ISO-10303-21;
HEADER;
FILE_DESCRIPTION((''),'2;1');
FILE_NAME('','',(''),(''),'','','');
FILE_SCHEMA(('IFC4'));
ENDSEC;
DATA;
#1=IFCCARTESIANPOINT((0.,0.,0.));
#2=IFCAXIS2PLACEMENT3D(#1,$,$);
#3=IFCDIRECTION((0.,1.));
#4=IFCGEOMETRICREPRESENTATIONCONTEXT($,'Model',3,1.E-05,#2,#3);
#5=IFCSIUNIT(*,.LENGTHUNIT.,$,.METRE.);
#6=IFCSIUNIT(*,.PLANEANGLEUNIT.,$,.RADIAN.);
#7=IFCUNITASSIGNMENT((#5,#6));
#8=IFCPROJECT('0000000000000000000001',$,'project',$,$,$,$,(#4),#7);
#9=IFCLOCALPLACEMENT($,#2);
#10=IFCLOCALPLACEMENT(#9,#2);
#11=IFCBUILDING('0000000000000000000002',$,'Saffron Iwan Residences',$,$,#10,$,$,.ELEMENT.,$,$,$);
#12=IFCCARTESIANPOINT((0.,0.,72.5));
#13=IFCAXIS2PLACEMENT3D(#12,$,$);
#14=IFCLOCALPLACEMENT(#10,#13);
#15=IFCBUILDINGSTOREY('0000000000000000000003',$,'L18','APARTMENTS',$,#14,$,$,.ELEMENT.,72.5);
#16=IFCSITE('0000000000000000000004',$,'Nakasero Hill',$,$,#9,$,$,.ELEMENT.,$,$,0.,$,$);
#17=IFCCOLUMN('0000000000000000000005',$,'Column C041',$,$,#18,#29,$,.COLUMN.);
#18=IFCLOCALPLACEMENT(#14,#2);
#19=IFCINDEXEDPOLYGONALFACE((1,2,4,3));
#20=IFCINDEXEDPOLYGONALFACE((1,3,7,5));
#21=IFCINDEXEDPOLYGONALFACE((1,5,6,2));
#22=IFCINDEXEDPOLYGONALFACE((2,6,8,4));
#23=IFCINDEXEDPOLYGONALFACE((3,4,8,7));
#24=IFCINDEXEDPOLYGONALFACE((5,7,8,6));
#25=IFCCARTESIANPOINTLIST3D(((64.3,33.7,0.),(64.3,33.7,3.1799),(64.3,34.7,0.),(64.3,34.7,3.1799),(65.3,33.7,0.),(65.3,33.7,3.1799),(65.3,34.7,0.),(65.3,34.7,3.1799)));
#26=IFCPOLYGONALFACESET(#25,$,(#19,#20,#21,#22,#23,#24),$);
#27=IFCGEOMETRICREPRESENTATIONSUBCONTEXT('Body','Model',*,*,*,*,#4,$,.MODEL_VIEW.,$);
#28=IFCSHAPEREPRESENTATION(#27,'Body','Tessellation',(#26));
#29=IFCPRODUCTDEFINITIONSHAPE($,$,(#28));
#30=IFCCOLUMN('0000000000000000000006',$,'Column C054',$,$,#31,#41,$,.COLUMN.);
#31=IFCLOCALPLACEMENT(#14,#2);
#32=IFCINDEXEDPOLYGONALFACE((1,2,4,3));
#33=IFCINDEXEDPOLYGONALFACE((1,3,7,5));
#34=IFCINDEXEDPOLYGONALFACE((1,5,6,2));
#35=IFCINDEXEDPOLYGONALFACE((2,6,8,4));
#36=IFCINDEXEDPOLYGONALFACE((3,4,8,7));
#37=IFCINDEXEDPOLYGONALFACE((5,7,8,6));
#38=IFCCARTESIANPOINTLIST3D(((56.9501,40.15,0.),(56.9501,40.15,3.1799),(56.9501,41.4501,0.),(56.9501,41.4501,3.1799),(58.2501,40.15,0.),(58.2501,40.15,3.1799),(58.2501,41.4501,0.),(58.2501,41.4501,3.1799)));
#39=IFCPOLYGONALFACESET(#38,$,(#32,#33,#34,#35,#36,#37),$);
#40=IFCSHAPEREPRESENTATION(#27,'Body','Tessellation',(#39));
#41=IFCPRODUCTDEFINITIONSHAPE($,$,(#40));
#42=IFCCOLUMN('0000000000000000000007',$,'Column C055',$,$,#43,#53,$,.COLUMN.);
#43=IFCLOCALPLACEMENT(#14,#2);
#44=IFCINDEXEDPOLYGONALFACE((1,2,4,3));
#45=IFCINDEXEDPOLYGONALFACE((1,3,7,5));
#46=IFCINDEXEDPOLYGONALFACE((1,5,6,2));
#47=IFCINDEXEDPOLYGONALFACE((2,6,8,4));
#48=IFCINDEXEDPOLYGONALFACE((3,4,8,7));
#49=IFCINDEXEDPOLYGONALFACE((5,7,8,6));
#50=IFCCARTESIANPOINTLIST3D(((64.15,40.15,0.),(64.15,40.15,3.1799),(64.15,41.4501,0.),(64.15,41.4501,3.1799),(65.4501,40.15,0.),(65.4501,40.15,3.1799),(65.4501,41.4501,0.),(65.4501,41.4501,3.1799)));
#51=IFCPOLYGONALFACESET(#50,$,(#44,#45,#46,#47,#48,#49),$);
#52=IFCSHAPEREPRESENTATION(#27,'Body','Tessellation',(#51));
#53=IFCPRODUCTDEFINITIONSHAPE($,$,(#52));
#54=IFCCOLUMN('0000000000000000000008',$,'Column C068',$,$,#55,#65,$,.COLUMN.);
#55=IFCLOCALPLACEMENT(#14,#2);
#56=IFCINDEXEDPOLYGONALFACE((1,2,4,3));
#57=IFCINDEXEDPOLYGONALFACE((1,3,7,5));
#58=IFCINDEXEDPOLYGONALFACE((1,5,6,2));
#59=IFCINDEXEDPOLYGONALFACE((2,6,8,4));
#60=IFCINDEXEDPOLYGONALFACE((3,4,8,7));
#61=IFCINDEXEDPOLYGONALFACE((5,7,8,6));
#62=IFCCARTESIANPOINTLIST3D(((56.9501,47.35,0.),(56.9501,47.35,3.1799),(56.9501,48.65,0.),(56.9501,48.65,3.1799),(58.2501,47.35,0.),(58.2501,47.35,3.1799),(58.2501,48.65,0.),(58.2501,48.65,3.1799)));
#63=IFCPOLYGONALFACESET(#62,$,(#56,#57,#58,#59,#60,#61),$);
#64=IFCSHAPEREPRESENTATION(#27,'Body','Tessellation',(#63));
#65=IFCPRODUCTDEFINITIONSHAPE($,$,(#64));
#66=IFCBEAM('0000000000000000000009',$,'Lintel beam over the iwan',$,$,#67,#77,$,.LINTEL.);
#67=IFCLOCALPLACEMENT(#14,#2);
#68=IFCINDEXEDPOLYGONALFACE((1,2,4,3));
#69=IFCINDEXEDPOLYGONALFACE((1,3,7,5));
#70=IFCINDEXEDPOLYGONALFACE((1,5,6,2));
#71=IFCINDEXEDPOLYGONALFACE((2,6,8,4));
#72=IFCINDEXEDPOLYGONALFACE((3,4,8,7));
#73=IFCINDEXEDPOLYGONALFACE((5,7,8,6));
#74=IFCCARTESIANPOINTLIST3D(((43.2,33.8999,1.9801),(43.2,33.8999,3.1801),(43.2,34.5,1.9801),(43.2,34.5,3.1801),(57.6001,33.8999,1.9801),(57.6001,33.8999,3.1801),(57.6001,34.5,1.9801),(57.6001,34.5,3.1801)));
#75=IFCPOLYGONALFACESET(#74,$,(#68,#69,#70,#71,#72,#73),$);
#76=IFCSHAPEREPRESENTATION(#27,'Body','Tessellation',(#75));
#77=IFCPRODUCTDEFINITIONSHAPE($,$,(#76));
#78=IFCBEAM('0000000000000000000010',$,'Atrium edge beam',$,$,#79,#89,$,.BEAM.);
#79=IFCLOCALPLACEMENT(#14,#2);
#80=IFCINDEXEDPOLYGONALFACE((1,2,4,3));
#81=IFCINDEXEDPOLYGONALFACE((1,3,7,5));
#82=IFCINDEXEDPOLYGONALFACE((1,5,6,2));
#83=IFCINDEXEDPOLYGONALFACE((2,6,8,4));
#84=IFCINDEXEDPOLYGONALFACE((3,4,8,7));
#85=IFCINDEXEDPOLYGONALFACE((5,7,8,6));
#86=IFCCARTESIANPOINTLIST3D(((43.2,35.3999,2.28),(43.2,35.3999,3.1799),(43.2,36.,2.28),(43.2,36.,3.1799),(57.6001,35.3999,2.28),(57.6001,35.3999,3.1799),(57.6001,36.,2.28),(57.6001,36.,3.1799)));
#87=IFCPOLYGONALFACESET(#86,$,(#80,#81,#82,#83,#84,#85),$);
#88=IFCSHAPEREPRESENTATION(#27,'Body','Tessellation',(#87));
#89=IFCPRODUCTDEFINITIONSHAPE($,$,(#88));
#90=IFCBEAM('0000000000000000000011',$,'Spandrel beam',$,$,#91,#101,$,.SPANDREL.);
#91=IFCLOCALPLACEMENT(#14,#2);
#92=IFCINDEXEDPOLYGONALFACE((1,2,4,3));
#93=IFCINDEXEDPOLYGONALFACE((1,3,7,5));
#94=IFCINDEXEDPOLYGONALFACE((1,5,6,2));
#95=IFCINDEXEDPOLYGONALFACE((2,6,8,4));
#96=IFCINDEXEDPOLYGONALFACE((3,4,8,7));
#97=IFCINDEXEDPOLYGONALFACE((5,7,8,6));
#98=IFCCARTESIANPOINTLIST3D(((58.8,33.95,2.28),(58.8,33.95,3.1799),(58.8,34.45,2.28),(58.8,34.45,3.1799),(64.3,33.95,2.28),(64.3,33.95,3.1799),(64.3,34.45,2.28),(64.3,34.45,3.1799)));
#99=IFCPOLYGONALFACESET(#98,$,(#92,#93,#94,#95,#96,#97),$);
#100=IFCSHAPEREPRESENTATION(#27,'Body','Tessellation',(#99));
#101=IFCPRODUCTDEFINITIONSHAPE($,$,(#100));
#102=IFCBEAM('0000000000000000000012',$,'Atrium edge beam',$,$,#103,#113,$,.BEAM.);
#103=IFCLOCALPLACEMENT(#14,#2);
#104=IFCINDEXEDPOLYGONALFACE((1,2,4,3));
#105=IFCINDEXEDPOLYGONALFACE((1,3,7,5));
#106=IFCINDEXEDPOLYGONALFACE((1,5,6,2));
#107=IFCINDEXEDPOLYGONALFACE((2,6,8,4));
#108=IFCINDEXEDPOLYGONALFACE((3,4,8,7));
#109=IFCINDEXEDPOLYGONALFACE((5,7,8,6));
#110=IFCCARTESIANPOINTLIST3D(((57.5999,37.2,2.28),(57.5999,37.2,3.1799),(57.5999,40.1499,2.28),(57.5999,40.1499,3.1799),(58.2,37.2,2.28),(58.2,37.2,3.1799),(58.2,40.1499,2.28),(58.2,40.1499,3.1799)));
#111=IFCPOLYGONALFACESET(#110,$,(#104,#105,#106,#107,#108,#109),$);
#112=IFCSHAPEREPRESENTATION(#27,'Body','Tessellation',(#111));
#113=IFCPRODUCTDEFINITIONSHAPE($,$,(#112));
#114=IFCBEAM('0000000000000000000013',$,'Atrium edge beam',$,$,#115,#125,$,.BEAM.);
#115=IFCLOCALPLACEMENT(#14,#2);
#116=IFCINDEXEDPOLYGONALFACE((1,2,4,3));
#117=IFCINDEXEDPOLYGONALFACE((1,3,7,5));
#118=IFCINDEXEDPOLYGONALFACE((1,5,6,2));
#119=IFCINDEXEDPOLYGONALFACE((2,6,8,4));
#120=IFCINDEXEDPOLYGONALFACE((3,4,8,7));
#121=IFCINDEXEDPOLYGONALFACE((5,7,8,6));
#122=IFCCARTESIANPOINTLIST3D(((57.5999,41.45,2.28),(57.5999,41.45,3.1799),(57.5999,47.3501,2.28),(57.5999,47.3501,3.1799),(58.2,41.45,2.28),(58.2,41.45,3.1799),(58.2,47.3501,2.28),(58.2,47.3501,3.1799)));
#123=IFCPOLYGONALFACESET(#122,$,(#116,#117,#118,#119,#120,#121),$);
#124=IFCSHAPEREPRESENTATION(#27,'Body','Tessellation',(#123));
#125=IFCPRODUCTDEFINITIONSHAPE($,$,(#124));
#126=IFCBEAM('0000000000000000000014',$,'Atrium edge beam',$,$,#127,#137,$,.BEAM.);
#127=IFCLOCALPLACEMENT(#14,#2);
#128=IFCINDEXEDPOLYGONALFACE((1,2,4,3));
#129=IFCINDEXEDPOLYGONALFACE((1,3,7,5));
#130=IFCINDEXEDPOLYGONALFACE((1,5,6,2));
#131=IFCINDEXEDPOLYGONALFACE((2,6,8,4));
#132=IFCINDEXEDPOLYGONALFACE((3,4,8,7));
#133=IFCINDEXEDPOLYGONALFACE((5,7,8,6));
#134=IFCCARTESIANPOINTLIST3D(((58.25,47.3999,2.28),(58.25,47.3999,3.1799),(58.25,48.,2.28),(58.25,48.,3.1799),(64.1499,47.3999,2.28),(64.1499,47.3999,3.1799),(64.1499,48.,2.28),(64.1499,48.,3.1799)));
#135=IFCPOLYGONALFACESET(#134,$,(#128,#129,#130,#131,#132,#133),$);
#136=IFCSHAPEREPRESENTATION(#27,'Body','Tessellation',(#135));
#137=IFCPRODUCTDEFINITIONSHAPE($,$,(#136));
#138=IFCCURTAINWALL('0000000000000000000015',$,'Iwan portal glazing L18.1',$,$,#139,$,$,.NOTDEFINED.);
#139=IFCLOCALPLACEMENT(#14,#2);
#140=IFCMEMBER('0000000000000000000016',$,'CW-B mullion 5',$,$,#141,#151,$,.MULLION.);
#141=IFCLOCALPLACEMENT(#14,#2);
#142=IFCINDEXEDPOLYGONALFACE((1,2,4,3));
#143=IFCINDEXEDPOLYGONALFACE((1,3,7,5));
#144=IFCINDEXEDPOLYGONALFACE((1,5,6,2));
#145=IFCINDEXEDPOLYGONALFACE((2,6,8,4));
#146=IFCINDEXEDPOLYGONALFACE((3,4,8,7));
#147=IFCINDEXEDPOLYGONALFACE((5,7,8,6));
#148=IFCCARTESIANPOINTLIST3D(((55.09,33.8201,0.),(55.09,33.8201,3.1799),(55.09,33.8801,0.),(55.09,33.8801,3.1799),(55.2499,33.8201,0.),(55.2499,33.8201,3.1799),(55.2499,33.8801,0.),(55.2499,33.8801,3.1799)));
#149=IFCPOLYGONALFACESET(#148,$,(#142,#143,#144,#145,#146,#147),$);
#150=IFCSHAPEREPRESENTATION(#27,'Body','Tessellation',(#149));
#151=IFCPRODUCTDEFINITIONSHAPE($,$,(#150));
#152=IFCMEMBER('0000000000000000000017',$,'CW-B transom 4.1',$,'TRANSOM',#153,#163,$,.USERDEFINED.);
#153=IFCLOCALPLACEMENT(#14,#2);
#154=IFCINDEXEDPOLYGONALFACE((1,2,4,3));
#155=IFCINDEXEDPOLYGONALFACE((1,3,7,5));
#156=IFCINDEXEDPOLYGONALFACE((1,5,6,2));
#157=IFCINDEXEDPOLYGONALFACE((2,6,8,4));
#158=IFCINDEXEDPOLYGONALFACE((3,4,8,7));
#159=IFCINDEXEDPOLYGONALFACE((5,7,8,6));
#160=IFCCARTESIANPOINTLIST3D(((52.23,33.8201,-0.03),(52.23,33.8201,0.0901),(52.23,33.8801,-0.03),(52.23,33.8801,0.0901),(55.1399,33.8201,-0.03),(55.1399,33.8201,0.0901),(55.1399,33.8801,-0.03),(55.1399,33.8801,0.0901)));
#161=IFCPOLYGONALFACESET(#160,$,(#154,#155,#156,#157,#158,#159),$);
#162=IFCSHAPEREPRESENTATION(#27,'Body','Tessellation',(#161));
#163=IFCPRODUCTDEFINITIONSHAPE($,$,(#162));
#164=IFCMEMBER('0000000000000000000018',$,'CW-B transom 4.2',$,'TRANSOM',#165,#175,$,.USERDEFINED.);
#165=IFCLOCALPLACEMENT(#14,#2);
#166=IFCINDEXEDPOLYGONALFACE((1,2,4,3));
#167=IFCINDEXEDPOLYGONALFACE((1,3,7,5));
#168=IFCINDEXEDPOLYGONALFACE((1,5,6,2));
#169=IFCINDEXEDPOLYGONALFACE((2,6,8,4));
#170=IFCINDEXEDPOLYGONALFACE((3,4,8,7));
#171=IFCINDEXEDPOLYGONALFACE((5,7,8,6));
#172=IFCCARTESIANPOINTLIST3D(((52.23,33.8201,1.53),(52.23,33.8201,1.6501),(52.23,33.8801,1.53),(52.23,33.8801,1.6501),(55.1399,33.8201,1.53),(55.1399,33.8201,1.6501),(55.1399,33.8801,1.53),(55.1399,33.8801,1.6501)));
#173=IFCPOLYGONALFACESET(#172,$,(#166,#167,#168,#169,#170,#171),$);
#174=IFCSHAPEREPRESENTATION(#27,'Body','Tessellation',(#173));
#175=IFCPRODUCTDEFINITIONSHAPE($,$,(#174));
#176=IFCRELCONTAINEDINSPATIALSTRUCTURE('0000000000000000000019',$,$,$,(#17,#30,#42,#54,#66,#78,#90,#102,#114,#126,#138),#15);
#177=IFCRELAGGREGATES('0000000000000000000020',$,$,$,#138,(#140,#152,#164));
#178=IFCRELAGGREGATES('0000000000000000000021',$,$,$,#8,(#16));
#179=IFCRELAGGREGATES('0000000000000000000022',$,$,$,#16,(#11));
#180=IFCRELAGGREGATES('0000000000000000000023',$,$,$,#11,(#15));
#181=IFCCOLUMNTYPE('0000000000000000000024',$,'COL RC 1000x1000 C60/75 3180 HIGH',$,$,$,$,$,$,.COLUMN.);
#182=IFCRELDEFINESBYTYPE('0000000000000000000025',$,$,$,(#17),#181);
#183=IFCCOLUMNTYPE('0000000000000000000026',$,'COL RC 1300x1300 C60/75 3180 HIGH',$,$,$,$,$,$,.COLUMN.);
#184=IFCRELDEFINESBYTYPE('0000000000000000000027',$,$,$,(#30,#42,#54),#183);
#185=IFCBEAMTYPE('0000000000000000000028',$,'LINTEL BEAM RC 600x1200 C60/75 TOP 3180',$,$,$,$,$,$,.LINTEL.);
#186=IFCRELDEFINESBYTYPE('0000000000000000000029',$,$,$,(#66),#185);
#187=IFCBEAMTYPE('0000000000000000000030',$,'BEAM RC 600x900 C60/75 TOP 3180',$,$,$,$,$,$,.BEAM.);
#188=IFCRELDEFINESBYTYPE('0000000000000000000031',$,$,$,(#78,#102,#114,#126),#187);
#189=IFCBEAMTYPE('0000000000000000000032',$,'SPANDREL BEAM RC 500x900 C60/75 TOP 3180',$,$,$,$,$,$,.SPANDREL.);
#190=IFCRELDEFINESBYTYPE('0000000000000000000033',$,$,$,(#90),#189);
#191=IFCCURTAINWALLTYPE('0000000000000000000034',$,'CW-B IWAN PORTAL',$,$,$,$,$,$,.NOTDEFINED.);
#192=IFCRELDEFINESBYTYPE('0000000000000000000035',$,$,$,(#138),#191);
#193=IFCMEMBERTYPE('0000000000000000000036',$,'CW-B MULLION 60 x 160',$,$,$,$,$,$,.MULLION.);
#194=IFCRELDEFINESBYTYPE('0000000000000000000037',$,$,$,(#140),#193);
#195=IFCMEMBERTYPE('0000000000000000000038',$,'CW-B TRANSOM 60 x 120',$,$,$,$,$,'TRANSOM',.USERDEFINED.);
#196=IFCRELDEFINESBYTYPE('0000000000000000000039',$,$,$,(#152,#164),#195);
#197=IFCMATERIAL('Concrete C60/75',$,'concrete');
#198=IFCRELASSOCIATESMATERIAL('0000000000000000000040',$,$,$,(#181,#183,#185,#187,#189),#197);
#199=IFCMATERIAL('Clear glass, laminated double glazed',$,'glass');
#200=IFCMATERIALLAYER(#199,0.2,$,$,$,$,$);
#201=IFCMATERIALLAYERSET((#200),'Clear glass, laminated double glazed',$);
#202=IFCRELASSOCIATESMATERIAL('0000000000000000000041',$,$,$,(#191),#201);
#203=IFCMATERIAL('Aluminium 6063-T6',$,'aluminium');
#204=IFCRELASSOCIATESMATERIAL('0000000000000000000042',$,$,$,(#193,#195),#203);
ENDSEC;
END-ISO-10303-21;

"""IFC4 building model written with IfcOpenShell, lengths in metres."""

from ifc_helpers import new_model, si_unit, direction, frame, origin, origin_2d, place, context, subcontext, project, spatial, rectangle, extrude, source, transform, mapped, material, layer, layer_set, material_profile, profile_set, type_object, element, aggregate, save


model = new_model("IFC4")

# Units and contexts
model_context = context("Model", 3, precision=1e-05, world=origin(), true_north=direction((0.0, 1.0)))
body_context = subcontext(model_context, "Body", "Model", "MODEL_VIEW")
ifc_project = project(units=[si_unit("LENGTHUNIT", "METRE"), si_unit("PLANEANGLEUNIT", "RADIAN")], contexts=[model_context])

# Site, building, storey
site_placement = place(None, origin())
site = spatial("IfcSite", under=ifc_project, at=site_placement, Name="Nakasero Hill", CompositionType="ELEMENT", RefElevation=0.0)
building_placement = place(site_placement, origin())
building = spatial("IfcBuilding", under=site, at=building_placement, Name="Saffron Iwan Residences", CompositionType="ELEMENT")
storey_placement = place(building_placement, frame((0.0, 0.0, 72.5)))
storey = spatial("IfcBuildingStorey", under=building, at=storey_placement, Name="L18", Description="APARTMENTS", CompositionType="ELEMENT", Elevation=72.5)

# Columns
ifc_material_1 = material(Name="Concrete C60/75", Category="concrete")
ifc_material_profile_1 = material_profile(ifc_material_1, rectangle(XDim=1.0, YDim=1.0, at=origin_2d()), Name="RC 1000x1000")
ifc_profile_set_1 = profile_set([ifc_material_profile_1], Name="Concrete C60/75")
column_type_1 = type_object("IfcColumnType", Name="COL RC 1000x1000 C60/75 3180 HIGH", PredefinedType="COLUMN", material=ifc_profile_set_1)
shared_shape_1 = source(origin(), body_context, "Body", "SweptSolid", [
    extrude(rectangle(XDim=1.0, YDim=1.0, at=origin_2d()), origin(), (0.0, 0.0, 1.0), 3.1799),
])
column_placement = place(storey_placement, frame((64.8, 34.2, 0.0), z_axis=(0.0, 0.0, 1.0), x_axis=(1.0, 0.0, 0.0)))
element("IfcColumn", 1, at=column_placement, inside=storey, type_object=column_type_1, Name="Column C041", PredefinedType="COLUMN", context=body_context, shape_type="MappedRepresentation", body=[
    mapped(shared_shape_1, transform((0.0, 0.0, 0.0))),
])
ifc_material_profile_2 = material_profile(ifc_material_1, rectangle(XDim=1.3, YDim=1.3, at=origin_2d()), Name="RC 1300x1300")
ifc_profile_set_2 = profile_set([ifc_material_profile_2], Name="Concrete C60/75")
column_type_2 = type_object("IfcColumnType", Name="COL RC 1300x1300 C60/75 3180 HIGH", PredefinedType="COLUMN", material=ifc_profile_set_2)
shared_shape_2 = source(origin(), body_context, "Body", "SweptSolid", [
    extrude(rectangle(XDim=1.3, YDim=1.3, at=origin_2d()), origin(), (0.0, 0.0, 1.0), 3.1799),
])
for number, where, z_axis, x_axis, name in (
    (2, (57.6001, 40.8, 0.0), (0.0, 0.0, 1.0), (1.0, 0.0, 0.0), "Column C054"),
    (3, (64.8, 40.8, 0.0), (0.0, 0.0, 1.0), (1.0, 0.0, 0.0), "Column C055"),
    (4, (57.6001, 48.0, 0.0), (0.0, 0.0, 1.0), (1.0, 0.0, 0.0), "Column C068"),
):
    element("IfcColumn", number, at=place(storey_placement, frame(where, z_axis=z_axis, x_axis=x_axis)), inside=storey, type_object=column_type_2, Name=name, PredefinedType="COLUMN", context=body_context, shape_type="MappedRepresentation", body=[
        mapped(shared_shape_2, transform((0.0, 0.0, 0.0))),
    ])

# Beams
ifc_material_profile_3 = material_profile(ifc_material_1, rectangle(XDim=0.6001, YDim=1.2, at=origin_2d()), Name="RC 600x1200")
ifc_profile_set_3 = profile_set([ifc_material_profile_3], Name="Concrete C60/75")
beam_type_1 = type_object("IfcBeamType", Name="LINTEL BEAM RC 600x1200 C60/75 TOP 3180", PredefinedType="LINTEL", material=ifc_profile_set_3)
shared_shape_3 = source(origin(), body_context, "Body", "SweptSolid", [
    extrude(rectangle(XDim=0.6001, YDim=1.2, at=origin_2d()), origin(), (0.0, 0.0, 1.0), 14.4001),
])
beam_1_placement = place(storey_placement, frame((57.6001, 34.2, 2.5801), z_axis=(-1.0, 0.0, 0.0), x_axis=(0.0, -1.0, 0.0)))
element("IfcBeam", 5, at=beam_1_placement, inside=storey, type_object=beam_type_1, Name="Lintel beam over the iwan", PredefinedType="LINTEL", context=body_context, shape_type="MappedRepresentation", body=[
    mapped(shared_shape_3, transform((0.0, 0.0, 0.0))),
])
ifc_material_profile_4 = material_profile(ifc_material_1, rectangle(XDim=0.6001, YDim=0.8999, at=origin_2d()), Name="RC 600x900")
ifc_profile_set_4 = profile_set([ifc_material_profile_4], Name="Concrete C60/75")
beam_type_2 = type_object("IfcBeamType", Name="BEAM RC 600x900 C60/75 TOP 3180", PredefinedType="BEAM", material=ifc_profile_set_4)
shared_shape_4 = source(origin(), body_context, "Body", "SweptSolid", [
    extrude(rectangle(XDim=0.6001, YDim=0.8999, at=origin_2d()), origin(), (0.0, 0.0, 1.0), 14.4001),
])
beam_2_placement = place(storey_placement, frame((57.6001, 35.7, 2.73), z_axis=(-1.0, 0.0, 0.0), x_axis=(0.0, -1.0, 0.0)))
element("IfcBeam", 6, at=beam_2_placement, inside=storey, type_object=beam_type_2, Name="Atrium edge beam", PredefinedType="BEAM", context=body_context, shape_type="MappedRepresentation", body=[
    mapped(shared_shape_4, transform((0.0, 0.0, 0.0))),
])
ifc_material_profile_5 = material_profile(ifc_material_1, rectangle(XDim=0.5, YDim=0.8999, at=origin_2d()), Name="RC 500x900")
ifc_profile_set_5 = profile_set([ifc_material_profile_5], Name="Concrete C60/75")
beam_type_3 = type_object("IfcBeamType", Name="SPANDREL BEAM RC 500x900 C60/75 TOP 3180", PredefinedType="SPANDREL", material=ifc_profile_set_5)
shared_shape_5 = source(origin(), body_context, "Body", "SweptSolid", [
    extrude(rectangle(XDim=0.5, YDim=0.8999, at=origin_2d()), origin(), (0.0, 0.0, 1.0), 5.5),
])
beam_3_placement = place(storey_placement, frame((64.3, 34.2, 2.73), z_axis=(-1.0, 0.0, 0.0), x_axis=(0.0, -1.0, 0.0)))
element("IfcBeam", 7, at=beam_3_placement, inside=storey, type_object=beam_type_3, Name="Spandrel beam", PredefinedType="SPANDREL", context=body_context, shape_type="MappedRepresentation", body=[
    mapped(shared_shape_5, transform((0.0, 0.0, 0.0))),
])
shared_shape_6 = source(origin(), body_context, "Body", "SweptSolid", [
    extrude(rectangle(XDim=0.6001, YDim=0.8999, at=origin_2d()), origin(), (0.0, 0.0, 1.0), 2.95),
])
beam_4_placement = place(storey_placement, frame((57.8999, 40.1499, 2.73), z_axis=(0.0, -1.0, 0.0), x_axis=(1.0, 0.0, 0.0)))
element("IfcBeam", 8, at=beam_4_placement, inside=storey, type_object=beam_type_2, Name="Atrium edge beam", PredefinedType="BEAM", context=body_context, shape_type="MappedRepresentation", body=[
    mapped(shared_shape_6, transform((0.0, 0.0, 0.0))),
])
shared_shape_7 = source(origin(), body_context, "Body", "SweptSolid", [
    extrude(rectangle(XDim=0.6001, YDim=0.8999, at=origin_2d()), origin(), (0.0, 0.0, 1.0), 5.9001),
])
beam_5_placement = place(storey_placement, frame((57.8999, 47.3501, 2.73), z_axis=(0.0, -1.0, 0.0), x_axis=(1.0, 0.0, 0.0)))
element("IfcBeam", 9, at=beam_5_placement, inside=storey, type_object=beam_type_2, Name="Atrium edge beam", PredefinedType="BEAM", context=body_context, shape_type="MappedRepresentation", body=[
    mapped(shared_shape_7, transform((0.0, 0.0, 0.0))),
])
shared_shape_8 = source(origin(), body_context, "Body", "SweptSolid", [
    extrude(rectangle(XDim=0.6001, YDim=0.8999, at=origin_2d()), origin(), (0.0, 0.0, 1.0), 5.8999),
])
beam_6_placement = place(storey_placement, frame((64.1499, 47.7, 2.73), z_axis=(-1.0, 0.0, 0.0), x_axis=(0.0, -1.0, 0.0)))
element("IfcBeam", 10, at=beam_6_placement, inside=storey, type_object=beam_type_2, Name="Atrium edge beam", PredefinedType="BEAM", context=body_context, shape_type="MappedRepresentation", body=[
    mapped(shared_shape_8, transform((0.0, 0.0, 0.0))),
])

# Curtain wall, members
ifc_material_2 = material(Name="Clear glass, laminated double glazed", Category="glass")
ifc_layer_1 = layer(ifc_material_2, 0.2)
ifc_layer_set_1 = layer_set([ifc_layer_1], Name="Clear glass, laminated double glazed")
curtain_wall_type = type_object("IfcCurtainWallType", Name="CW-B IWAN PORTAL", PredefinedType="NOTDEFINED", material=ifc_layer_set_1)
curtain_wall_placement = place(storey_placement, origin())
curtain_wall = element("IfcCurtainWall", 11, at=curtain_wall_placement, inside=storey, type_object=curtain_wall_type, Name="Iwan portal glazing L18.1", PredefinedType="NOTDEFINED")
ifc_material_3 = material(Name="Aluminium 6063-T6", Category="aluminium")
ifc_material_profile_6 = material_profile(ifc_material_3, rectangle(XDim=0.0601, YDim=0.1599, at=origin_2d()), Name="CW-B MULLION 60 x 160")
ifc_profile_set_6 = profile_set([ifc_material_profile_6], Name="Aluminium 6063-T6")
member_type_1 = type_object("IfcMemberType", Name="CW-B MULLION 60 x 160", PredefinedType="MULLION", material=ifc_profile_set_6)
shared_shape_9 = source(origin(), body_context, "Body", "SweptSolid", [
    extrude(rectangle(XDim=0.0601, YDim=0.1599, at=origin_2d()), origin(), (0.0, 0.0, 1.0), 3.1799),
])
member_1_placement = place(storey_placement, frame((55.1699, 33.8501, 0.0), z_axis=(0.0, 0.0, 1.0), x_axis=(0.0, 1.0, 0.0)))
member_1 = element("IfcMember", 12, at=member_1_placement, type_object=member_type_1, Name="CW-B mullion 5", PredefinedType="MULLION", context=body_context, shape_type="MappedRepresentation", body=[
    mapped(shared_shape_9, transform((0.0, 0.0, 0.0))),
])
ifc_material_profile_7 = material_profile(ifc_material_3, rectangle(XDim=0.0601, YDim=0.1201, at=origin_2d()), Name="CW-B TRANSOM 60 x 120")
ifc_profile_set_7 = profile_set([ifc_material_profile_7], Name="Aluminium 6063-T6")
member_type_2 = type_object("IfcMemberType", Name="CW-B TRANSOM 60 x 120", ElementType="TRANSOM", PredefinedType="USERDEFINED", material=ifc_profile_set_7)
shared_shape_10 = source(origin(), body_context, "Body", "SweptSolid", [
    extrude(rectangle(XDim=0.0601, YDim=0.1201, at=origin_2d()), origin(), (0.0, 0.0, 1.0), 2.9099),
])
member_2_placement = place(storey_placement, frame((52.23, 33.8501, 0.03), z_axis=(1.0, 0.0, 0.0), x_axis=(0.0, 1.0, 0.0)))
member_2 = element("IfcMember", 13, at=member_2_placement, type_object=member_type_2, Name="CW-B transom 4.1", ObjectType="TRANSOM", PredefinedType="USERDEFINED", context=body_context, shape_type="MappedRepresentation", body=[
    mapped(shared_shape_10, transform((0.0, 0.0, 0.0))),
])
member_3_placement = place(storey_placement, frame((52.23, 33.8501, 1.5901), z_axis=(1.0, 0.0, 0.0), x_axis=(0.0, 1.0, 0.0)))
member_3 = element("IfcMember", 14, at=member_3_placement, type_object=member_type_2, Name="CW-B transom 4.2", ObjectType="TRANSOM", PredefinedType="USERDEFINED", context=body_context, shape_type="MappedRepresentation", body=[
    mapped(shared_shape_10, transform((0.0, 0.0, 0.0))),
])
aggregate(curtain_wall, [member_1, member_2, member_3])

save(model, "model.ifc")
